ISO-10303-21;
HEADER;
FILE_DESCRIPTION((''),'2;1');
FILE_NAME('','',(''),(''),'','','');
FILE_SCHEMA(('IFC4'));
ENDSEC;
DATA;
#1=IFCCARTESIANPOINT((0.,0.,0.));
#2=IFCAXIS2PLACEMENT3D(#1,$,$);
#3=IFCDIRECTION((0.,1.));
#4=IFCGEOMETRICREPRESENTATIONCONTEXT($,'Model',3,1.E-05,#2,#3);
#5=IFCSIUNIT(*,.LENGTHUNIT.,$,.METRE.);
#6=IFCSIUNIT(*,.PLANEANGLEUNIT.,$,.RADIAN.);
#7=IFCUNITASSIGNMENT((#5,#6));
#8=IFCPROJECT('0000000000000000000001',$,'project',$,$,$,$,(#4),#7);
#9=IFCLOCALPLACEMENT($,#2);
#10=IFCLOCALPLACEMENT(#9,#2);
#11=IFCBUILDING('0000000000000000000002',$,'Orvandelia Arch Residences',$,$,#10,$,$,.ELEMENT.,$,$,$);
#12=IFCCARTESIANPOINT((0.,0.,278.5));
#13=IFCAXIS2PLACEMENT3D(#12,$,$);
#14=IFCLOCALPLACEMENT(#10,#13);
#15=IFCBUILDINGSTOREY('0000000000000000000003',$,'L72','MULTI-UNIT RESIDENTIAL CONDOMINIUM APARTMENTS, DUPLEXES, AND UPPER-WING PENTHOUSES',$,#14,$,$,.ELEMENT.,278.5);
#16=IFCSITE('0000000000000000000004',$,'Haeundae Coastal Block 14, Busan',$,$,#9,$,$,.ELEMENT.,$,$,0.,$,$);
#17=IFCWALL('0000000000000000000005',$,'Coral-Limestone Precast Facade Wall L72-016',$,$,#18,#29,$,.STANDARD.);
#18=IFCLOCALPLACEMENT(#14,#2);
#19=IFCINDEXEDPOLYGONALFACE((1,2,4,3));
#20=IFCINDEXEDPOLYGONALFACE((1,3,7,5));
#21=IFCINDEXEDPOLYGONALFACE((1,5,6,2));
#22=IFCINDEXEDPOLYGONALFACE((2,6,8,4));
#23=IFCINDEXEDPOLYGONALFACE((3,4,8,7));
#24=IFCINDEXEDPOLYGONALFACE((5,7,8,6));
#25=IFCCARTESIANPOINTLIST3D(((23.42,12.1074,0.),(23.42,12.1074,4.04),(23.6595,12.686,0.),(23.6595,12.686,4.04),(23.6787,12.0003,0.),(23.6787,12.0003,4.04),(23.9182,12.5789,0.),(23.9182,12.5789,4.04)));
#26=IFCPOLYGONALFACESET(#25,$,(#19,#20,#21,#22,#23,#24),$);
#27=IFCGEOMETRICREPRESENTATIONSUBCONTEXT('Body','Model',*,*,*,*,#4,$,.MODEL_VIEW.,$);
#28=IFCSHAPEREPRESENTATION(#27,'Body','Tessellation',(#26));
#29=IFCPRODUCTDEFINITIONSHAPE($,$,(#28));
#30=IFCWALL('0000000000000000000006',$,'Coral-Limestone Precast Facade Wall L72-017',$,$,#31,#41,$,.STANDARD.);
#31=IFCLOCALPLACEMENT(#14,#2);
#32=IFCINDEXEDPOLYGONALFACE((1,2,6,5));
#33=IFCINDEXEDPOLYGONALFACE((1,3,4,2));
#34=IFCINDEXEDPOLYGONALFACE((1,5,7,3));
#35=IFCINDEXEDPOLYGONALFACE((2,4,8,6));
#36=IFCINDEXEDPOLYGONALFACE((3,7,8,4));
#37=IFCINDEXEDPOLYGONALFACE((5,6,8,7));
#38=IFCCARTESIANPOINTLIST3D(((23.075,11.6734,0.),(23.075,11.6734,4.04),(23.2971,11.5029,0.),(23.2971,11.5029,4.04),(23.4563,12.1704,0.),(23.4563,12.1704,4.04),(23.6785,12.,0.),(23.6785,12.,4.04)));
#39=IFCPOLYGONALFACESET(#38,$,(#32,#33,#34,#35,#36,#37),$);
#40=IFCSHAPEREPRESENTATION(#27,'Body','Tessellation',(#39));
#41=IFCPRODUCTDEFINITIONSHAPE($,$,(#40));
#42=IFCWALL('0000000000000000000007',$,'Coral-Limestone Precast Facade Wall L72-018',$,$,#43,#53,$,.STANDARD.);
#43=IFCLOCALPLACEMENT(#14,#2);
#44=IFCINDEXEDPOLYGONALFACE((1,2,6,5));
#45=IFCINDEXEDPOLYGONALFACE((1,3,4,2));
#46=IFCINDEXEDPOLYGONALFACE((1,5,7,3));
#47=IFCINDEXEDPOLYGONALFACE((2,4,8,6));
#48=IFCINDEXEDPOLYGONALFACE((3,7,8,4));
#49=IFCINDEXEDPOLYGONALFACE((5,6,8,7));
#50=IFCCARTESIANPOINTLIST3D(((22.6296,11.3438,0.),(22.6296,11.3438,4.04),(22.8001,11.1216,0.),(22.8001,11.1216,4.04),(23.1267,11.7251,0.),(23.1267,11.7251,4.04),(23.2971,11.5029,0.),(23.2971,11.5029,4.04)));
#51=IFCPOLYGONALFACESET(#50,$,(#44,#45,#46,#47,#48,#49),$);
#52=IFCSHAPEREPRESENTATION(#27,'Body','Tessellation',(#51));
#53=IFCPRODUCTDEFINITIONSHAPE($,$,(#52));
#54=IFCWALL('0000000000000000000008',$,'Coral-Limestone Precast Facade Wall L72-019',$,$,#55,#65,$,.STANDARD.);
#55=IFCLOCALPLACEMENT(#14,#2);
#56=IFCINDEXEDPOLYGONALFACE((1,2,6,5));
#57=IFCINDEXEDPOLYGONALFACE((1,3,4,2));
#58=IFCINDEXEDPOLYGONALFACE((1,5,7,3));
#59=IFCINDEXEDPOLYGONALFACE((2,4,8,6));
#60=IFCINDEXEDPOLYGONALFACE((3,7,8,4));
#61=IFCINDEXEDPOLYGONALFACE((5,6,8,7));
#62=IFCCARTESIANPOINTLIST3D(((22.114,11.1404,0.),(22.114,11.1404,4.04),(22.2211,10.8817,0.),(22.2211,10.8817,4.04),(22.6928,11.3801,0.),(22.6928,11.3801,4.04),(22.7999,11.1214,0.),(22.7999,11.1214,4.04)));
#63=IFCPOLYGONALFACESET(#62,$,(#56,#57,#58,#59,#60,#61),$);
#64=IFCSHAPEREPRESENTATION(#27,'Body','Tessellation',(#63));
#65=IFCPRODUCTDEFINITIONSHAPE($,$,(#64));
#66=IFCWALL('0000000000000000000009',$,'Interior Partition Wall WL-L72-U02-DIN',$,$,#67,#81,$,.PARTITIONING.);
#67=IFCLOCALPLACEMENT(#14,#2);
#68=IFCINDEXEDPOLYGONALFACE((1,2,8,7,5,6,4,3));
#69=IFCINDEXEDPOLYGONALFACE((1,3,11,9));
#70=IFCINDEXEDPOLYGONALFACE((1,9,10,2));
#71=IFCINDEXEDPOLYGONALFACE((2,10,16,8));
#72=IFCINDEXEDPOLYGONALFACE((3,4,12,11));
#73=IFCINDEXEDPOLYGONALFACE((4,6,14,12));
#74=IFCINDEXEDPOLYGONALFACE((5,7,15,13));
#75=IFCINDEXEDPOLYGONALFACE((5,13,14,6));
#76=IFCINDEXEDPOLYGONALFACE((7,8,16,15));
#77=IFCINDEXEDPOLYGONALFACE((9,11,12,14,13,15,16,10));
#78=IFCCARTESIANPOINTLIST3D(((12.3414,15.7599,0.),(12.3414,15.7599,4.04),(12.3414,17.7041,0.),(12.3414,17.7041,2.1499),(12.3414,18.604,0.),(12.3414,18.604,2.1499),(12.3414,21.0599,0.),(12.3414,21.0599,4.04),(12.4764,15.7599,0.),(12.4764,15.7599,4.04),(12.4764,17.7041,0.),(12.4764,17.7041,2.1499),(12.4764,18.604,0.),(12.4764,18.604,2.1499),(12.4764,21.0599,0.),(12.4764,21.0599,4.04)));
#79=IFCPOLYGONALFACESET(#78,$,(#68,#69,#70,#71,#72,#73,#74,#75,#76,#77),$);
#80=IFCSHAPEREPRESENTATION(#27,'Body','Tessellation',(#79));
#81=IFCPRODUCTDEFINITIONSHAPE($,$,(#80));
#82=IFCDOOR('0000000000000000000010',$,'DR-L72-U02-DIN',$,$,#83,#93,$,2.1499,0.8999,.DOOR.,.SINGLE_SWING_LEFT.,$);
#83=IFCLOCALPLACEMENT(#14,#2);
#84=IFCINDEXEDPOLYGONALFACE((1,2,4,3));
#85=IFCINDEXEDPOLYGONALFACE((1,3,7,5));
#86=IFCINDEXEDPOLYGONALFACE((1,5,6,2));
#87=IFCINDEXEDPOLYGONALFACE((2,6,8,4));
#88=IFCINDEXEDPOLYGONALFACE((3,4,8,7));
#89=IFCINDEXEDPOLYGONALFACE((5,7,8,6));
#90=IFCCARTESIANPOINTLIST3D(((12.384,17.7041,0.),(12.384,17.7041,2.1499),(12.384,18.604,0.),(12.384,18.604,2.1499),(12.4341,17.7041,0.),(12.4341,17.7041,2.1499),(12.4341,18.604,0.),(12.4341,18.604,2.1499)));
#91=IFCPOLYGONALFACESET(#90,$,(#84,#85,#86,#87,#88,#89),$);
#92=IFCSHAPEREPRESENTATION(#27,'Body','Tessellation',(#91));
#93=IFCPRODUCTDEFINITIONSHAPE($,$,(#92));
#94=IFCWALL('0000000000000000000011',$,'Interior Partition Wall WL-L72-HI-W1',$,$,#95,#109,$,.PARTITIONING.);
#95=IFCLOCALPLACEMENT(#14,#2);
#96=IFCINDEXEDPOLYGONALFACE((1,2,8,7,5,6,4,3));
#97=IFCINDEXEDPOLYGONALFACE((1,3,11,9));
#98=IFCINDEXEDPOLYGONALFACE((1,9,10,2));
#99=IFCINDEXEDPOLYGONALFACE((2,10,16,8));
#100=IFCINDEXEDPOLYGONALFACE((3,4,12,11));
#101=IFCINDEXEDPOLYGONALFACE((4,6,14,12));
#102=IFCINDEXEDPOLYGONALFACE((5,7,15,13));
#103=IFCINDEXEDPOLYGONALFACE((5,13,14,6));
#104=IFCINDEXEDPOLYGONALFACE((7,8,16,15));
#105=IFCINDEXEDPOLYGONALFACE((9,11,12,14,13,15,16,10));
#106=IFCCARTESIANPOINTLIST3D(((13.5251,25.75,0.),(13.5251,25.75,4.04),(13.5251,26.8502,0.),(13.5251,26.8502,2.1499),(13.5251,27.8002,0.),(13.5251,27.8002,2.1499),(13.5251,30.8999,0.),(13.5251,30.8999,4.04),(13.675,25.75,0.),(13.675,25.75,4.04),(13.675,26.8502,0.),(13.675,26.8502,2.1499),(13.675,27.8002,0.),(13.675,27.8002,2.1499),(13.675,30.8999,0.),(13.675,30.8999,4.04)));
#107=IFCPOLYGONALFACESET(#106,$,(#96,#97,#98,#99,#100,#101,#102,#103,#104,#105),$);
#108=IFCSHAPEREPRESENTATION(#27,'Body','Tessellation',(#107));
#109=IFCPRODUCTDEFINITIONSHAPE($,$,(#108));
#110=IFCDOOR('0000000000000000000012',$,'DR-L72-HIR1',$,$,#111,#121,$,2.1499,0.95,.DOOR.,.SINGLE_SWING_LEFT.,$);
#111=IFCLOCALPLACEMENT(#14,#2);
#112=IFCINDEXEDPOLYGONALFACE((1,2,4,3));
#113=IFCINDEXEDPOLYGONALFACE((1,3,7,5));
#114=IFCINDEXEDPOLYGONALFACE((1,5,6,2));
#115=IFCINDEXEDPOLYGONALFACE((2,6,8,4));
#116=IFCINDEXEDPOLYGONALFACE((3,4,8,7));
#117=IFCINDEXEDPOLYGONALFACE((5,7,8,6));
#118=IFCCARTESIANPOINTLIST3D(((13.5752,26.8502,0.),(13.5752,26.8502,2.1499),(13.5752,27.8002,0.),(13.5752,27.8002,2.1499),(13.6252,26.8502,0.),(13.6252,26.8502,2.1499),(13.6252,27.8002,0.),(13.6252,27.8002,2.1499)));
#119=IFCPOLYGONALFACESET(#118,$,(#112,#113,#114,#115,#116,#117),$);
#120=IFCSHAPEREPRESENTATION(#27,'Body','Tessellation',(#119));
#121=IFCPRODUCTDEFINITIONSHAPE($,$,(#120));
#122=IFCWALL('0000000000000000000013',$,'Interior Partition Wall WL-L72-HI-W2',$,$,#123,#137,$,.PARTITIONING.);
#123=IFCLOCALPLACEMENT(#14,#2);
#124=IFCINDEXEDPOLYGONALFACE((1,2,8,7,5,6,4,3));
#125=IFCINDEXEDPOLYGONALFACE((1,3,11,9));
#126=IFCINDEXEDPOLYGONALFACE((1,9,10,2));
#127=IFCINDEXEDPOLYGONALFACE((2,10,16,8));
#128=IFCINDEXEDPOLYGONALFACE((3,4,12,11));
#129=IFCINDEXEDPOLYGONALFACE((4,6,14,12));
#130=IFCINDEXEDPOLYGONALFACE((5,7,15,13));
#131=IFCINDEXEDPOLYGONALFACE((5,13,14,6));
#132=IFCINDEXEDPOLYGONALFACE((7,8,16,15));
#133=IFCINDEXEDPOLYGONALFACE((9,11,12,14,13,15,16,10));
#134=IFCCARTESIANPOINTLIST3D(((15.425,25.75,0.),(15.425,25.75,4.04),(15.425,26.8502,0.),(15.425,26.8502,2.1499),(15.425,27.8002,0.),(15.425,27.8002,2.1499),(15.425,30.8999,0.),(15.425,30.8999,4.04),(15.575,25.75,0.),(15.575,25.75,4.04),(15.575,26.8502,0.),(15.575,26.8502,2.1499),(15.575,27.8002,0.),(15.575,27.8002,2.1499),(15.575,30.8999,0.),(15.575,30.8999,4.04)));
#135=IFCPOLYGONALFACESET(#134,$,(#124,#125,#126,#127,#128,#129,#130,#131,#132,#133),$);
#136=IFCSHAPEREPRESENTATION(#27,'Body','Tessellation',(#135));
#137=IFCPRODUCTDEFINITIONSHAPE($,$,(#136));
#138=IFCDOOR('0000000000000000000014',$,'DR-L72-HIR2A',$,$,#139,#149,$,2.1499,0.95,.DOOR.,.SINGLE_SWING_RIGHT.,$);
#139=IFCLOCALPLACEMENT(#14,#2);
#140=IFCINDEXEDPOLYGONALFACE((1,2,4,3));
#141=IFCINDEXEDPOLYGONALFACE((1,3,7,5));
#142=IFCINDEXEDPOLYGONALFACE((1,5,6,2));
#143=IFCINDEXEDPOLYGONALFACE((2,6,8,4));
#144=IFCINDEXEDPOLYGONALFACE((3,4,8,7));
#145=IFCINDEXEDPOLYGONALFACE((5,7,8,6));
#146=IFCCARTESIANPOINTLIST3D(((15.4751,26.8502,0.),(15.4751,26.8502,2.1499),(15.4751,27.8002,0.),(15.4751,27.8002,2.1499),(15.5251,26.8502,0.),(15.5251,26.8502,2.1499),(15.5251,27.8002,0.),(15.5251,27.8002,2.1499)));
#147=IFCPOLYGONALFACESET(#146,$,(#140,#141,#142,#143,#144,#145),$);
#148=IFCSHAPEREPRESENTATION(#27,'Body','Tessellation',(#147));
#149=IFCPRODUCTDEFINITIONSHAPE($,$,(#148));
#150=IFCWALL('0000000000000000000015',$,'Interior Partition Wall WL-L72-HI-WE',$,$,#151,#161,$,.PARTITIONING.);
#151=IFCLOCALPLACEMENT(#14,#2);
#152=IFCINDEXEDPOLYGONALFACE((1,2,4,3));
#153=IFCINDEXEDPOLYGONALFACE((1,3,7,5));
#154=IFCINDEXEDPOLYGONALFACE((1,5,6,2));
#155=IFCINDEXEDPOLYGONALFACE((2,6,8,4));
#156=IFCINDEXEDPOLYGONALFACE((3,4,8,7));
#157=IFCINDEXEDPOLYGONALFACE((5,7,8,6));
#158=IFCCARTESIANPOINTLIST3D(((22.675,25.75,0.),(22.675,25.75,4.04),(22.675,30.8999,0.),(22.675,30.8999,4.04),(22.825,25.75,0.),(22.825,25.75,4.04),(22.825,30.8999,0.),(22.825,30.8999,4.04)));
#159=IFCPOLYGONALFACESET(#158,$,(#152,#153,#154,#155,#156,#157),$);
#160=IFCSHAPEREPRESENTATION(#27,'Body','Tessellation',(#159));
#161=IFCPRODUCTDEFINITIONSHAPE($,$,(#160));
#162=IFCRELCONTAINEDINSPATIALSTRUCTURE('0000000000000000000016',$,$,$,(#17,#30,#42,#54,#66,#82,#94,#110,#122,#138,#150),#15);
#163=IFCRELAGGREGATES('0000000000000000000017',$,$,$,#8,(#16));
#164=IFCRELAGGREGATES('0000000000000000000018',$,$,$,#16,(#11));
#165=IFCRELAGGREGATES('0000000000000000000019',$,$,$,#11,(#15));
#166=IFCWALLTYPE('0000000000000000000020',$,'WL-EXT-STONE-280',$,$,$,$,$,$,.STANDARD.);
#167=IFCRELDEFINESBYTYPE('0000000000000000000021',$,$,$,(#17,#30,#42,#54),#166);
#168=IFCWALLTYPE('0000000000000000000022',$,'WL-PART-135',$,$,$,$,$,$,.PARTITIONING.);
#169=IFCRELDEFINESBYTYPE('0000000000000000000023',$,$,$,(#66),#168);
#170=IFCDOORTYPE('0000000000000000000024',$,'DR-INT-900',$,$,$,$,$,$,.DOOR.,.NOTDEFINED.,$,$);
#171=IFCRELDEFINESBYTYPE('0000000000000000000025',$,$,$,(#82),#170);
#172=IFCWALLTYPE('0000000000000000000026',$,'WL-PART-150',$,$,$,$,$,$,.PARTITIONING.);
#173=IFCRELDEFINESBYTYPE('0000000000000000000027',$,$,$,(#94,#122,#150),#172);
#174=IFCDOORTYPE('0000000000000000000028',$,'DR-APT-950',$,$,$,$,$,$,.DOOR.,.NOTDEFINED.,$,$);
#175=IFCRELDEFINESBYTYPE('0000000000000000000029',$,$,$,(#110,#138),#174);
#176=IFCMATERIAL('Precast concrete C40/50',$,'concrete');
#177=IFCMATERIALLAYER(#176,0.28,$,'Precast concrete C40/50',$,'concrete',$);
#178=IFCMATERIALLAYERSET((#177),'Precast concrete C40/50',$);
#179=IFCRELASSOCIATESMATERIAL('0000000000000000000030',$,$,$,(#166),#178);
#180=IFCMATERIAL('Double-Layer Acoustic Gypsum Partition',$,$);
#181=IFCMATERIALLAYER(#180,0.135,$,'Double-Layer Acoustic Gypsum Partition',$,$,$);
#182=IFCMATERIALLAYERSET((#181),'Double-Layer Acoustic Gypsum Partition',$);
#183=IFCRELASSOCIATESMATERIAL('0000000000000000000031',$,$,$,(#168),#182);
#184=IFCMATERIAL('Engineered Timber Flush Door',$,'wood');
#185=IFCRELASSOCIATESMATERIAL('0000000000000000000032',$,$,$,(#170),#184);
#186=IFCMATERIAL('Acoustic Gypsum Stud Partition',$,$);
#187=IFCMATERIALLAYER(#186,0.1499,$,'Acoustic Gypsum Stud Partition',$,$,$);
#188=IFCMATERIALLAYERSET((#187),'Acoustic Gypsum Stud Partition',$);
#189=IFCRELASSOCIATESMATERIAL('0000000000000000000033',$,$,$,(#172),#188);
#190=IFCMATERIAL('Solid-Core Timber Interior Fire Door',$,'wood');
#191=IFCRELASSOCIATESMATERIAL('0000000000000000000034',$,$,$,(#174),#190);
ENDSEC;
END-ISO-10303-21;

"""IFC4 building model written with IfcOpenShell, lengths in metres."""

from ifc_helpers import new_model, si_unit, direction, frame, frame_2d, origin, place, context, subcontext, project, spatial, rectangle, extrude, material, layer, layer_set, type_object, element, fill, save


model = new_model("IFC4")

# Units and contexts
model_context = context("Model", 3, precision=1e-05, world=origin(), true_north=direction((0.0, 1.0)))
body_context = subcontext(model_context, "Body", "Model", "MODEL_VIEW")
ifc_project = project(units=[si_unit("LENGTHUNIT", "METRE"), si_unit("PLANEANGLEUNIT", "RADIAN")], contexts=[model_context])

# Site, building, storey
site_placement = place(None, origin())
site = spatial("IfcSite", under=ifc_project, at=site_placement, Name="Haeundae Coastal Block 14, Busan", CompositionType="ELEMENT", RefElevation=0.0)
building_placement = place(site_placement, origin())
building = spatial("IfcBuilding", under=site, at=building_placement, Name="Orvandelia Arch Residences", CompositionType="ELEMENT")
storey_placement = place(building_placement, frame((0.0, 0.0, 278.5)))
storey = spatial("IfcBuildingStorey", under=building, at=storey_placement, Name="L72", Description="MULTI-UNIT RESIDENTIAL CONDOMINIUM APARTMENTS, DUPLEXES, AND UPPER-WING PENTHOUSES", CompositionType="ELEMENT", Elevation=278.5)

# Walls
ifc_material_1 = material(Name="Precast concrete C40/50", Category="concrete")
ifc_layer_1 = layer(ifc_material_1, 0.28, Name="Precast concrete C40/50", Category="concrete")
ifc_layer_set_1 = layer_set([ifc_layer_1], Name="Precast concrete C40/50")
wall_type_1 = type_object("IfcWallType", Name="WL-EXT-STONE-280", PredefinedType="STANDARD", material=ifc_layer_set_1)
wall_1_placement = place(storey_placement, frame((23.7888, 12.6323, 0.0), z_axis=(0.0, 0.0, 1.0), x_axis=(-0.382455, -0.923974, 0.0)))
element("IfcWall", 1, at=wall_1_placement, inside=storey, type_object=wall_type_1, Name="Coral-Limestone Precast Facade Wall L72-016", PredefinedType="STANDARD", context=body_context, shape_type="SweptSolid", body=[
    extrude(rectangle(XDim=0.6262, YDim=0.28, at=frame_2d((0.313, 0.0))), origin(), (0.0, 0.0, 1.0), 4.04),
])
for number, where, z_axis, x_axis, name in (
    (2, (23.5674, 12.0852, 0.0), (0.0, 0.0, 1.0), (-0.608693, -0.793406, 0.0), "Coral-Limestone Precast Facade Wall L72-017"),
    (3, (23.2119, 11.614, 0.0), (0.0, 0.0, 1.0), (-0.793406, -0.608693, 0.0), "Coral-Limestone Precast Facade Wall L72-018"),
    (4, (22.7463, 11.2507, 0.0), (0.0, 0.0, 1.0), (-0.923893, -0.38265, 0.0), "Coral-Limestone Precast Facade Wall L72-019"),
):
    element("IfcWall", number, at=place(storey_placement, frame(where, z_axis=z_axis, x_axis=x_axis)), inside=storey, type_object=wall_type_1, Name=name, PredefinedType="STANDARD", context=body_context, shape_type="SweptSolid", body=[
        extrude(rectangle(XDim=0.6265, YDim=0.28, at=frame_2d((0.3132, 0.0))), origin(), (0.0, 0.0, 1.0), 4.04),
    ])

# Walls, openings, doors
ifc_material_2 = material(Name="Double-Layer Acoustic Gypsum Partition")
ifc_layer_2 = layer(ifc_material_2, 0.135, Name="Double-Layer Acoustic Gypsum Partition")
ifc_layer_set_2 = layer_set([ifc_layer_2], Name="Double-Layer Acoustic Gypsum Partition")
wall_type_2 = type_object("IfcWallType", Name="WL-PART-135", PredefinedType="PARTITIONING", material=ifc_layer_set_2)
wall_2_placement = place(storey_placement, frame((12.4089, 15.76, 0.0), z_axis=(0.0, 0.0, 1.0), x_axis=(0.0, 1.0, 0.0)))
wall_2 = element("IfcWall", 5, at=wall_2_placement, inside=storey, type_object=wall_type_2, Name="Interior Partition Wall WL-L72-U02-DIN", PredefinedType="PARTITIONING", context=body_context, shape_type="SweptSolid", body=[
    extrude(rectangle(XDim=5.3, YDim=0.135, at=frame_2d((2.6499, 0.0))), origin(), (0.0, 0.0, 1.0), 4.04),
])
opening_1_placement = place(wall_2_placement, frame((1.9441, 0.0, 0.0)))
opening_1 = element("IfcOpeningElement", 6, at=opening_1_placement, cuts=wall_2, PredefinedType="OPENING", context=body_context, shape_type="SweptSolid", body=[
    extrude(rectangle(XDim=0.8999, YDim=2.1499, at=frame_2d((0.45, 1.075))), frame((0.0, 0.0776, 0.0), z_axis=(0.0, -1.0, 0.0), x_axis=(1.0, 0.0, 0.0)), (0.0, 0.0, 1.0), 0.155),
])
ifc_material_3 = material(Name="Engineered Timber Flush Door", Category="wood")
door_type_1 = type_object("IfcDoorType", Name="DR-INT-900", OperationType="NOTDEFINED", PredefinedType="DOOR", material=ifc_material_3)
door_1_placement = place(opening_1_placement, origin())
door_1 = element("IfcDoor", 7, at=door_1_placement, inside=storey, type_object=door_type_1, Name="DR-L72-U02-DIN", OperationType="SINGLE_SWING_LEFT", OverallHeight=2.1499, OverallWidth=0.8999, PredefinedType="DOOR", context=body_context, shape_type="SweptSolid", body=[
    extrude(rectangle(XDim=0.8999, YDim=2.1499, at=frame_2d((0.45, 1.075))), frame((0.0, 0.0249, 0.0), z_axis=(0.0, -1.0, 0.0), x_axis=(1.0, 0.0, 0.0)), (0.0, 0.0, 1.0), 0.05),
])
fill(opening_1, door_1)
ifc_material_4 = material(Name="Acoustic Gypsum Stud Partition")
ifc_layer_3 = layer(ifc_material_4, 0.1499, Name="Acoustic Gypsum Stud Partition")
ifc_layer_set_3 = layer_set([ifc_layer_3], Name="Acoustic Gypsum Stud Partition")
wall_type_3 = type_object("IfcWallType", Name="WL-PART-150", PredefinedType="PARTITIONING", material=ifc_layer_set_3)
wall_3_placement = place(storey_placement, frame((13.6001, 25.75, 0.0), z_axis=(0.0, 0.0, 1.0), x_axis=(0.0, 1.0, 0.0)))
wall_3 = element("IfcWall", 8, at=wall_3_placement, inside=storey, type_object=wall_type_3, Name="Interior Partition Wall WL-L72-HI-W1", PredefinedType="PARTITIONING", context=body_context, shape_type="SweptSolid", body=[
    extrude(rectangle(XDim=5.1499, YDim=0.1499, at=frame_2d((2.575, 0.0))), origin(), (0.0, 0.0, 1.0), 4.04),
])
opening_2_placement = place(wall_3_placement, frame((1.1001, 0.0, 0.0)))
opening_2 = element("IfcOpeningElement", 9, at=opening_2_placement, cuts=wall_3, PredefinedType="OPENING", context=body_context, shape_type="SweptSolid", body=[
    extrude(rectangle(XDim=0.95, YDim=2.1499, at=frame_2d((0.4751, 1.075))), frame((0.0, 0.085, 0.0), z_axis=(0.0, -1.0, 0.0), x_axis=(1.0, 0.0, 0.0)), (0.0, 0.0, 1.0), 0.1699),
])
ifc_material_5 = material(Name="Solid-Core Timber Interior Fire Door", Category="wood")
door_type_2 = type_object("IfcDoorType", Name="DR-APT-950", OperationType="NOTDEFINED", PredefinedType="DOOR", material=ifc_material_5)
door_2_placement = place(opening_2_placement, origin())
door_2 = element("IfcDoor", 10, at=door_2_placement, inside=storey, type_object=door_type_2, Name="DR-L72-HIR1", OperationType="SINGLE_SWING_LEFT", OverallHeight=2.1499, OverallWidth=0.95, PredefinedType="DOOR", context=body_context, shape_type="SweptSolid", body=[
    extrude(rectangle(XDim=0.95, YDim=2.1499, at=frame_2d((0.4751, 1.075))), frame((0.0, 0.0249, 0.0), z_axis=(0.0, -1.0, 0.0), x_axis=(1.0, 0.0, 0.0)), (0.0, 0.0, 1.0), 0.05),
])
fill(opening_2, door_2)
wall_4_placement = place(storey_placement, frame((15.5, 25.75, 0.0), z_axis=(0.0, 0.0, 1.0), x_axis=(0.0, 1.0, 0.0)))
wall_4 = element("IfcWall", 11, at=wall_4_placement, inside=storey, type_object=wall_type_3, Name="Interior Partition Wall WL-L72-HI-W2", PredefinedType="PARTITIONING", context=body_context, shape_type="SweptSolid", body=[
    extrude(rectangle(XDim=5.1499, YDim=0.1499, at=frame_2d((2.575, 0.0))), origin(), (0.0, 0.0, 1.0), 4.04),
])
opening_3_placement = place(wall_4_placement, frame((1.1001, 0.0, 0.0)))
opening_3 = element("IfcOpeningElement", 12, at=opening_3_placement, cuts=wall_4, PredefinedType="OPENING", context=body_context, shape_type="SweptSolid", body=[
    extrude(rectangle(XDim=0.95, YDim=2.1499, at=frame_2d((0.4751, 1.075))), frame((0.0, 0.085, 0.0), z_axis=(0.0, -1.0, 0.0), x_axis=(1.0, 0.0, 0.0)), (0.0, 0.0, 1.0), 0.1699),
])
door_3_placement = place(opening_3_placement, origin())
door_3 = element("IfcDoor", 13, at=door_3_placement, inside=storey, type_object=door_type_2, Name="DR-L72-HIR2A", OperationType="SINGLE_SWING_RIGHT", OverallHeight=2.1499, OverallWidth=0.95, PredefinedType="DOOR", context=body_context, shape_type="SweptSolid", body=[
    extrude(rectangle(XDim=0.95, YDim=2.1499, at=frame_2d((0.4751, 1.075))), frame((0.0, 0.0249, 0.0), z_axis=(0.0, -1.0, 0.0), x_axis=(1.0, 0.0, 0.0)), (0.0, 0.0, 1.0), 0.05),
])
fill(opening_3, door_3)

# Wall
wall_5_placement = place(storey_placement, frame((22.75, 25.75, 0.0), z_axis=(0.0, 0.0, 1.0), x_axis=(0.0, 1.0, 0.0)))
element("IfcWall", 14, at=wall_5_placement, inside=storey, type_object=wall_type_3, Name="Interior Partition Wall WL-L72-HI-WE", PredefinedType="PARTITIONING", context=body_context, shape_type="SweptSolid", body=[
    extrude(rectangle(XDim=5.1499, YDim=0.1499, at=frame_2d((2.575, 0.0))), origin(), (0.0, 0.0, 1.0), 4.04),
])

save(model, "model.ifc")
